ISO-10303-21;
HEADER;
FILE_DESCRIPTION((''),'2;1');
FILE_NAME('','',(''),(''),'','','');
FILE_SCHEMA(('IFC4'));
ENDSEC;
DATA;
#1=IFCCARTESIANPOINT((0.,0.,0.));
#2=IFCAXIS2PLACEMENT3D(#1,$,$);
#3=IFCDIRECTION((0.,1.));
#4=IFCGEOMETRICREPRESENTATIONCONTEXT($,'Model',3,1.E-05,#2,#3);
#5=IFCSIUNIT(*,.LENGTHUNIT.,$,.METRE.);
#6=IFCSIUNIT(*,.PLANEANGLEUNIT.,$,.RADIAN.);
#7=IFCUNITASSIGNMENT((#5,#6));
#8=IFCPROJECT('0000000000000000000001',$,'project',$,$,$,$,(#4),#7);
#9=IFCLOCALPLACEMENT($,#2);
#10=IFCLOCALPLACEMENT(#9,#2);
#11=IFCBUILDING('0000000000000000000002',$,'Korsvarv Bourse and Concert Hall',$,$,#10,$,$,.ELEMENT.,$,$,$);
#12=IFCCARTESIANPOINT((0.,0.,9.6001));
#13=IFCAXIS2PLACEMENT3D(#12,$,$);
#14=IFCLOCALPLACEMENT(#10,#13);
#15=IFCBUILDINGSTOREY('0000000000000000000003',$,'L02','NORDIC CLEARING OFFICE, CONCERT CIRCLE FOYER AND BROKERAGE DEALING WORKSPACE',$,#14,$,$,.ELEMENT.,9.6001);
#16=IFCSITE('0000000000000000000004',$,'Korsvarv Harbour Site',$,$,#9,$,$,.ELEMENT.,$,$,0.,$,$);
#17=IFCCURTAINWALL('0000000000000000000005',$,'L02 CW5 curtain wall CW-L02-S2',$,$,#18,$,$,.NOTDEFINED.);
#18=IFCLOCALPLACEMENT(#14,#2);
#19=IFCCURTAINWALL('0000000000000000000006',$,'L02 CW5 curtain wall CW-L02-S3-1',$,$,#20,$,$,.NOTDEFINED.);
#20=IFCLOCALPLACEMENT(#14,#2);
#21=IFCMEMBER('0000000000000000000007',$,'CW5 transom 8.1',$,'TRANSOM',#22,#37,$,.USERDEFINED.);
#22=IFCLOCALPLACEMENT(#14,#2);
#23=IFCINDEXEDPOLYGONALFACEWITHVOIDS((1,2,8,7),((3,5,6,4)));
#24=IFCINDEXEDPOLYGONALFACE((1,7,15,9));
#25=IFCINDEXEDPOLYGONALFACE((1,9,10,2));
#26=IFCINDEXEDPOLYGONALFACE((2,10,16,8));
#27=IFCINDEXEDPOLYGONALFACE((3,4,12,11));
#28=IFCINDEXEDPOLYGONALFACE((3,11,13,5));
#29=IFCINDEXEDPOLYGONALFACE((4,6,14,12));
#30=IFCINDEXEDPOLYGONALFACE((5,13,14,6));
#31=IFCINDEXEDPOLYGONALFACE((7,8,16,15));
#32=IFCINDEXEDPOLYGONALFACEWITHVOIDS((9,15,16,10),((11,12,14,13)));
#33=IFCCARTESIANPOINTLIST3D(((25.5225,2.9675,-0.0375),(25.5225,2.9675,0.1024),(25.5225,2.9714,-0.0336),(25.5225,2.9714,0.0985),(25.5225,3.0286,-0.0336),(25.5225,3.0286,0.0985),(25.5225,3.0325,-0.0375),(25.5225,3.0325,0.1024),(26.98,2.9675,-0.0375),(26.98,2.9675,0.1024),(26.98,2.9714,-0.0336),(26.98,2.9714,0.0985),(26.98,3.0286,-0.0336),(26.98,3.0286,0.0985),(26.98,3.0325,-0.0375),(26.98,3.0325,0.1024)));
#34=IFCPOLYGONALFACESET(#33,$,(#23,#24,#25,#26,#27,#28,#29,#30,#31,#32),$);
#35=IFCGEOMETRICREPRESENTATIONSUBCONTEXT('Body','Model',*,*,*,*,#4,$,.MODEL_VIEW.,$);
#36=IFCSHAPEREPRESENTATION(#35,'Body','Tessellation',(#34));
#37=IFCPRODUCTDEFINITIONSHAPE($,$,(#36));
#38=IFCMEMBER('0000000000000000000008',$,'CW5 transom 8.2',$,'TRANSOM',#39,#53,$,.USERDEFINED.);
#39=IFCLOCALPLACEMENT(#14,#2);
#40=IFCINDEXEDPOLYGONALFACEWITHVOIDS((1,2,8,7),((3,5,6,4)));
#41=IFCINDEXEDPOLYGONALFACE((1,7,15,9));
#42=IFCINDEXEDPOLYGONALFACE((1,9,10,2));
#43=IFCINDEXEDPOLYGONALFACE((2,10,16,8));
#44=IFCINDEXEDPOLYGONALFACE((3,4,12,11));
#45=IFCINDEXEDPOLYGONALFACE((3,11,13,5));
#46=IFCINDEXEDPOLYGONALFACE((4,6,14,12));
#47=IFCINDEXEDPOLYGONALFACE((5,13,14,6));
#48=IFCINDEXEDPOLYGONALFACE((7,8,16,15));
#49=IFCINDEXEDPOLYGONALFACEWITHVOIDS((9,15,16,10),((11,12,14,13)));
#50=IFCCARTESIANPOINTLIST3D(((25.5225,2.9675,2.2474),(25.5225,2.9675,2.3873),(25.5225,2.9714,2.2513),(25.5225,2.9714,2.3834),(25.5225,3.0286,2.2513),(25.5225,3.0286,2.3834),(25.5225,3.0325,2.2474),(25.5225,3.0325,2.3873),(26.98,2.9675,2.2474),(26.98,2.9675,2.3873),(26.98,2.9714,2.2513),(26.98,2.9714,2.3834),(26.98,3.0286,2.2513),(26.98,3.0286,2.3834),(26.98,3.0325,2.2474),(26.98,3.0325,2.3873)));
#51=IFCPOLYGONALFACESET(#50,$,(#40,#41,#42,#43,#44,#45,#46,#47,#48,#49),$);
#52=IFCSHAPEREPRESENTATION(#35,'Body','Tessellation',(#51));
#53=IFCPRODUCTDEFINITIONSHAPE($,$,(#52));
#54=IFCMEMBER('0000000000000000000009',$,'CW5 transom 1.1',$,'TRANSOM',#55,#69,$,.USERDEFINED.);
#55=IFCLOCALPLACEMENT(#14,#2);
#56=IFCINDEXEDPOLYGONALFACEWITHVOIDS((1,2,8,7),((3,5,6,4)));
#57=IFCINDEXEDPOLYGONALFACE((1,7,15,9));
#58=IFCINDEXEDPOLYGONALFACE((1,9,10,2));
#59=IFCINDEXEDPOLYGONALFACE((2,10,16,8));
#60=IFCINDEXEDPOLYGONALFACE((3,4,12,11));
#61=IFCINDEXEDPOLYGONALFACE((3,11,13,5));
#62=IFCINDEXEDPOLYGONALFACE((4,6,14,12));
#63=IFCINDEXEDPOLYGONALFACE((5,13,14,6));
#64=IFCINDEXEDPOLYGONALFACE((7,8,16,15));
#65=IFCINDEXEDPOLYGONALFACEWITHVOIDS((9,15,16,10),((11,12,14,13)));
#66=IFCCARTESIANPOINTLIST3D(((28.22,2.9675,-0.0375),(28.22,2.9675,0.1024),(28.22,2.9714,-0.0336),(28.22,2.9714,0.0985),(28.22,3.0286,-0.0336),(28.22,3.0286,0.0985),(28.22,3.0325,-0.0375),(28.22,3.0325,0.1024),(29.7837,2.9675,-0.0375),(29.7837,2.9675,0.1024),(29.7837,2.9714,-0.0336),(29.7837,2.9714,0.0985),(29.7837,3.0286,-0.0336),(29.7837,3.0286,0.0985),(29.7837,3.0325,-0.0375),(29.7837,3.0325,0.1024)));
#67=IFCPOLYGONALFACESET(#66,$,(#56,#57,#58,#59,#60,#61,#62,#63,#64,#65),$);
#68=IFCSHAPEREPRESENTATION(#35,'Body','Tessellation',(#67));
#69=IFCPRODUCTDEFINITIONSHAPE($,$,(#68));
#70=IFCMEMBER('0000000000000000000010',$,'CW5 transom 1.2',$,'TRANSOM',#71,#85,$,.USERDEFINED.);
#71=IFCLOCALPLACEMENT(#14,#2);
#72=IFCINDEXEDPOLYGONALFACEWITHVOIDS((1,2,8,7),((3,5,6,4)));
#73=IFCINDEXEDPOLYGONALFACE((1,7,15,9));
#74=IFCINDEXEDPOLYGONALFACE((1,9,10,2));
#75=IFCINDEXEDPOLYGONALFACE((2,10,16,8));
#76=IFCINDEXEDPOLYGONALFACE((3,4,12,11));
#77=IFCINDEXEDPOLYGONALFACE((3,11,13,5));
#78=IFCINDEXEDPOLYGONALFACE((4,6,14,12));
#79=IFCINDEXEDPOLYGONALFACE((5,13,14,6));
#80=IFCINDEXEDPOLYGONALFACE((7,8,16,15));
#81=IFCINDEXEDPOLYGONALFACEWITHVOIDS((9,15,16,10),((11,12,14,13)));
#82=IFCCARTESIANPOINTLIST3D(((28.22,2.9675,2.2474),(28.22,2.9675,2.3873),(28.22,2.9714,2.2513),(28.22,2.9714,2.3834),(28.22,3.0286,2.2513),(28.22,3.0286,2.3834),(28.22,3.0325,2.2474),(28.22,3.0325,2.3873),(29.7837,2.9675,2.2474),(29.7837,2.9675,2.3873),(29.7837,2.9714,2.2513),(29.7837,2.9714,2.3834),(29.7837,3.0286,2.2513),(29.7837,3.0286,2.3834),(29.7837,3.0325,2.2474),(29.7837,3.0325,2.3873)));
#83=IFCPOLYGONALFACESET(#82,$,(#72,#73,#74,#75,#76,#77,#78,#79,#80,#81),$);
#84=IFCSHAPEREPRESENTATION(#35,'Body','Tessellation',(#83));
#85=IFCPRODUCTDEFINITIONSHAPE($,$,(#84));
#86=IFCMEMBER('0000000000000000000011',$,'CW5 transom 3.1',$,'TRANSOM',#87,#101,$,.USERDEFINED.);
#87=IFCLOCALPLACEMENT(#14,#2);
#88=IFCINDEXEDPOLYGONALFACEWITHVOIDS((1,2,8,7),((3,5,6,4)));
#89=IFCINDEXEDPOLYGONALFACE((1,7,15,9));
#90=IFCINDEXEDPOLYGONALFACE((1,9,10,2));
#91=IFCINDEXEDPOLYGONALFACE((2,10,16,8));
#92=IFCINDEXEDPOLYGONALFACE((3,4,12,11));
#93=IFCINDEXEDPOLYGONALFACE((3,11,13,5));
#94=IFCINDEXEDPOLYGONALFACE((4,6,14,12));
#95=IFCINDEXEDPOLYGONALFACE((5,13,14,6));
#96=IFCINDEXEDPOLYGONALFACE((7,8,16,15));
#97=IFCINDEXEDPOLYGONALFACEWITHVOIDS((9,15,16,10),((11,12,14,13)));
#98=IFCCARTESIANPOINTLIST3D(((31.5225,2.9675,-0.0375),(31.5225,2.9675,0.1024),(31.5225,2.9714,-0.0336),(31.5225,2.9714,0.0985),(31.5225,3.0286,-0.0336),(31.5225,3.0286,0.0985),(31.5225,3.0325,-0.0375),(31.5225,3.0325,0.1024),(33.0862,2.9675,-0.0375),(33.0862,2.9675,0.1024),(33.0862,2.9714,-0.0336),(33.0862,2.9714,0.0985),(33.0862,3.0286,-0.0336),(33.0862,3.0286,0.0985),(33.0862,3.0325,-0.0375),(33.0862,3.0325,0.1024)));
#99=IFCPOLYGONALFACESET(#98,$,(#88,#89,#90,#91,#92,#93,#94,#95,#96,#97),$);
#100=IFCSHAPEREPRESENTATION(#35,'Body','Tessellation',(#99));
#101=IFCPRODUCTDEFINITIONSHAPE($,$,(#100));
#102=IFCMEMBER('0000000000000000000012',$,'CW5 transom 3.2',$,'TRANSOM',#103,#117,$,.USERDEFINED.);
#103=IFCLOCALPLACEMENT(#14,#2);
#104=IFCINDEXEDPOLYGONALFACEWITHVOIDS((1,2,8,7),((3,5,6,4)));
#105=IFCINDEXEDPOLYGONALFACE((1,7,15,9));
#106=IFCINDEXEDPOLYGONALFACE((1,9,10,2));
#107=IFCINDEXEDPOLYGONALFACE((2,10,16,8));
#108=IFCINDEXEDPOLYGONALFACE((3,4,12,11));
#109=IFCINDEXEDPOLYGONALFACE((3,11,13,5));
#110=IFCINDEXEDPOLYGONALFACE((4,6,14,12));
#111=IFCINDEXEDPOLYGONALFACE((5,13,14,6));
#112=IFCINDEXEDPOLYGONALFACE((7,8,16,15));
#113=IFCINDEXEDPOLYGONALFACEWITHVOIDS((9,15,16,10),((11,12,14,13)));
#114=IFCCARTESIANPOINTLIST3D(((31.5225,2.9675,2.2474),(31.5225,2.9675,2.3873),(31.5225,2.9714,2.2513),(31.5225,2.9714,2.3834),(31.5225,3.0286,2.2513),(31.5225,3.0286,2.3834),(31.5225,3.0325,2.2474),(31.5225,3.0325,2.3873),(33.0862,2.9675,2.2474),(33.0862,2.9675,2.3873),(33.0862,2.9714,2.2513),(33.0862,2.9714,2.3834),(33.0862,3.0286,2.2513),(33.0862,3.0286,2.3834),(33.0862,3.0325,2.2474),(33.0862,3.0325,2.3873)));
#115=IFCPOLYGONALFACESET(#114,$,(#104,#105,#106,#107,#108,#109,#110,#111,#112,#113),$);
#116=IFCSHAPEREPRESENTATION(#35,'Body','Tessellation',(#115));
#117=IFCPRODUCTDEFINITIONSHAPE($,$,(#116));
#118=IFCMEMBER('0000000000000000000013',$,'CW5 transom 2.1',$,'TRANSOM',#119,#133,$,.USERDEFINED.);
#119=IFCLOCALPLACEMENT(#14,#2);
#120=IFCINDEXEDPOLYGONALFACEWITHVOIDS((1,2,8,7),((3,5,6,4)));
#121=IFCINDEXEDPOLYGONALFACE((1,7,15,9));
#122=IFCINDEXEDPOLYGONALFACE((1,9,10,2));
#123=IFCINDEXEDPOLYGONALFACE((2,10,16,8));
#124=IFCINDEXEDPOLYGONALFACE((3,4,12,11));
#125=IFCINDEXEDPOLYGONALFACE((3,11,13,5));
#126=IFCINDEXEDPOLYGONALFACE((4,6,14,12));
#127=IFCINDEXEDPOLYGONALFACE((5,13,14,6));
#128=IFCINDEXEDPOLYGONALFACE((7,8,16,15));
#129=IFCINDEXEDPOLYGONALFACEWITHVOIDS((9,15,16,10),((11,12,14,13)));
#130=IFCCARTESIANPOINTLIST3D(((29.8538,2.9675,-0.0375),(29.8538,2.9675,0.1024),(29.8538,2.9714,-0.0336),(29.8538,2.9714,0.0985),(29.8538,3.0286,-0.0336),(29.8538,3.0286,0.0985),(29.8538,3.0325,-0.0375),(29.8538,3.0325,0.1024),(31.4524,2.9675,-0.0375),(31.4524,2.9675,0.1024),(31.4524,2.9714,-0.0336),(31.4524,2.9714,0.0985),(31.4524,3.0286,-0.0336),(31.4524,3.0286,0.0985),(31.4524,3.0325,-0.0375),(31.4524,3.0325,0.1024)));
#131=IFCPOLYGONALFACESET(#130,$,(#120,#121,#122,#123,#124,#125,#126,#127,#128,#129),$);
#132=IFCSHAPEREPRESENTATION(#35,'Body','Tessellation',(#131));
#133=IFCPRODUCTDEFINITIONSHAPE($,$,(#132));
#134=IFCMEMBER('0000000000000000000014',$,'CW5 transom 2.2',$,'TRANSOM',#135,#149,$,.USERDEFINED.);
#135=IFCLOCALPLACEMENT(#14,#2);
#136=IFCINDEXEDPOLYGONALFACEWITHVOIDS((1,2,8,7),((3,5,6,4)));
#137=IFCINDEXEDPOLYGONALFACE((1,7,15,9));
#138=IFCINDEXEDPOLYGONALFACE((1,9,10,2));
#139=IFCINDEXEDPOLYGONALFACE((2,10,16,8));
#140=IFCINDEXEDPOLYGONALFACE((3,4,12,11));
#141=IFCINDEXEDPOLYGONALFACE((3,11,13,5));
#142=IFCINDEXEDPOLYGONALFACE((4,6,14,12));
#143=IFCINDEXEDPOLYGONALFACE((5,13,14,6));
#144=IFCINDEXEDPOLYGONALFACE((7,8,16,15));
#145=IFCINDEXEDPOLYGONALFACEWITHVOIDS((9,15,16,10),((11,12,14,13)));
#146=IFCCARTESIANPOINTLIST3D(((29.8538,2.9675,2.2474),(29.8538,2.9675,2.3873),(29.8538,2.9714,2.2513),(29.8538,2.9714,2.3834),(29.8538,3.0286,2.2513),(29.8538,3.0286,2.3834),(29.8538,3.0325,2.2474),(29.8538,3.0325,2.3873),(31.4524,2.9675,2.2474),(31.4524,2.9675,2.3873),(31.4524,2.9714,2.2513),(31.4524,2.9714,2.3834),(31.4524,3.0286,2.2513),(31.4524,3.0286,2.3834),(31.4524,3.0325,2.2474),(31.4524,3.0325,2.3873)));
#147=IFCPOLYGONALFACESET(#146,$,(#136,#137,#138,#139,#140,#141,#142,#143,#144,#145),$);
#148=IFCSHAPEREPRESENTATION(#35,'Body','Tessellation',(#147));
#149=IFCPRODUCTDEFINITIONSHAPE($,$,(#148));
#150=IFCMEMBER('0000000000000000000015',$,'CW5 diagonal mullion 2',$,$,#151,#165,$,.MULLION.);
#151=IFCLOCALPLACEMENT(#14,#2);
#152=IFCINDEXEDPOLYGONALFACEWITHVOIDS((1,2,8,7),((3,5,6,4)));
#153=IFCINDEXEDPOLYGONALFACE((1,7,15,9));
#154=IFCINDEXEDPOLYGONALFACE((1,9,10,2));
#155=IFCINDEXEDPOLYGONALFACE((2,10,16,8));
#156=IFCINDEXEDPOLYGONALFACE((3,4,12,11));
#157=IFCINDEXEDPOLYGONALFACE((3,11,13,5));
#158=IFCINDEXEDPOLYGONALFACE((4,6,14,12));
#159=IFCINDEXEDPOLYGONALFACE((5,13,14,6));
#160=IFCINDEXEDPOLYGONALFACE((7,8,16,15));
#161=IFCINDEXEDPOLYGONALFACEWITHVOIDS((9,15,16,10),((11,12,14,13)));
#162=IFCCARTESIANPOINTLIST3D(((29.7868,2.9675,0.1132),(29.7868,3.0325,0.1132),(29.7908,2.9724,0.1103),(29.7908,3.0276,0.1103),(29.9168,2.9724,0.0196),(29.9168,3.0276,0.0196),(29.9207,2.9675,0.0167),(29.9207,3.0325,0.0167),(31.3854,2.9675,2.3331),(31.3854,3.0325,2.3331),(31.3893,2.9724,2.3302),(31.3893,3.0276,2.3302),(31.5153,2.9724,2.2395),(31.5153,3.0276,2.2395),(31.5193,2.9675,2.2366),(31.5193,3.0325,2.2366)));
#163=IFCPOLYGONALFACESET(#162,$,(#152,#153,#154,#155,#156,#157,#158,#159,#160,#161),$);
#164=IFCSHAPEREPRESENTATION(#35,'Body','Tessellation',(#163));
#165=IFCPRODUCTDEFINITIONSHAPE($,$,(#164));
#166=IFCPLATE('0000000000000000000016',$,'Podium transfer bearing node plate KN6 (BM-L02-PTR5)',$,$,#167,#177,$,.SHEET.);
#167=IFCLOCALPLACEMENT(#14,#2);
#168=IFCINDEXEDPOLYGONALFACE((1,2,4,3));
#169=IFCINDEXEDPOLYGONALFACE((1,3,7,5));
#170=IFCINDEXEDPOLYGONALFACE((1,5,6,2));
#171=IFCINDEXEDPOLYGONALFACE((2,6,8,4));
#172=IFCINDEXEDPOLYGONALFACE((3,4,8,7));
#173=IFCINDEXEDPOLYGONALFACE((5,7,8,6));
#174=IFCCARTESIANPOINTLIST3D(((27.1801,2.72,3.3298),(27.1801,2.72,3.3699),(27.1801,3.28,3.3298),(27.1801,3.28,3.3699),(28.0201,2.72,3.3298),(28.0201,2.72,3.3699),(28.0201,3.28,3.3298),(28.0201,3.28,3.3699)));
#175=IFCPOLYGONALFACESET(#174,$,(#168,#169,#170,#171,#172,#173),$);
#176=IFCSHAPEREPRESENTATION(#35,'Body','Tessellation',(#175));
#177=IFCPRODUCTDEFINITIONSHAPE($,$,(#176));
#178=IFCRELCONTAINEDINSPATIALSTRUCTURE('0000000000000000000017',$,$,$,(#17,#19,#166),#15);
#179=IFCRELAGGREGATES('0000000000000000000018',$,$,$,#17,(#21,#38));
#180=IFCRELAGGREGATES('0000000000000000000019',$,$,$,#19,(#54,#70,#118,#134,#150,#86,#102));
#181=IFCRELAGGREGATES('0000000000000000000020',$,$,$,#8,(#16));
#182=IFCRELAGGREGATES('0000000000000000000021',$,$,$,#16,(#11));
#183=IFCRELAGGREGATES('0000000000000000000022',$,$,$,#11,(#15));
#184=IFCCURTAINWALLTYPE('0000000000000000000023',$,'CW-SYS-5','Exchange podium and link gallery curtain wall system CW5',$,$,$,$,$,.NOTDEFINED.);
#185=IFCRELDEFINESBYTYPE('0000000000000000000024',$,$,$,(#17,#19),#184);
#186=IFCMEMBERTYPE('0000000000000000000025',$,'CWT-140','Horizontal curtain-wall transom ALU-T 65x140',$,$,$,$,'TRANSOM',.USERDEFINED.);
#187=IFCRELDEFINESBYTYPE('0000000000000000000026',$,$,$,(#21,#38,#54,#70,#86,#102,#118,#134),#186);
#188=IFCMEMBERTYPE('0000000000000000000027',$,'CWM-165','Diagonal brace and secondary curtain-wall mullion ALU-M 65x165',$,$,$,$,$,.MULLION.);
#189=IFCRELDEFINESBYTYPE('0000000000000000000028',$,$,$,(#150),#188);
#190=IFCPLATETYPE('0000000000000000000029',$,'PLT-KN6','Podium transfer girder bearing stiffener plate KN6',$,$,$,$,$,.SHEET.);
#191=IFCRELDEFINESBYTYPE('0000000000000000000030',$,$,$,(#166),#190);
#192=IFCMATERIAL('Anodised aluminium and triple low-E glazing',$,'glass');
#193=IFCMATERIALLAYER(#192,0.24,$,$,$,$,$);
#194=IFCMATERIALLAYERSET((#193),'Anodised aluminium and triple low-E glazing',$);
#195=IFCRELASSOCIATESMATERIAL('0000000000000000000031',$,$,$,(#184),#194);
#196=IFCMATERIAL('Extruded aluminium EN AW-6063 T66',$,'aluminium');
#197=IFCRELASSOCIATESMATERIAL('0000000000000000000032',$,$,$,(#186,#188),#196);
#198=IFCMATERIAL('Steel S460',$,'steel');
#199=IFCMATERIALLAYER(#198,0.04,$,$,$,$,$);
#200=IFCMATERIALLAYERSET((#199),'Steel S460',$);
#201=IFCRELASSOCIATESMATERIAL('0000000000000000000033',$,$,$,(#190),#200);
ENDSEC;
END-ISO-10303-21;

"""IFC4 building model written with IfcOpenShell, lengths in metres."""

from ifc_helpers import new_model, si_unit, direction, frame, origin, origin_2d, place, context, subcontext, project, spatial, rectangle, hollow_rectangle, extrude, source, transform, mapped, material, layer, layer_set, material_profile, profile_set, type_object, element, aggregate, save


model = new_model("IFC4")

# Units and contexts
model_context = context("Model", 3, precision=1e-05, world=origin(), true_north=direction((0.0, 1.0)))
body_context = subcontext(model_context, "Body", "Model", "MODEL_VIEW")
ifc_project = project(units=[si_unit("LENGTHUNIT", "METRE"), si_unit("PLANEANGLEUNIT", "RADIAN")], contexts=[model_context])

# Site, building, storey
site_placement = place(None, origin())
site = spatial("IfcSite", under=ifc_project, at=site_placement, Name="Korsvarv Harbour Site", CompositionType="ELEMENT", RefElevation=0.0)
building_placement = place(site_placement, origin())
building = spatial("IfcBuilding", under=site, at=building_placement, Name="Korsvarv Bourse and Concert Hall", CompositionType="ELEMENT")
storey_placement = place(building_placement, frame((0.0, 0.0, 9.6001)))
storey = spatial("IfcBuildingStorey", under=building, at=storey_placement, Name="L02", Description="NORDIC CLEARING OFFICE, CONCERT CIRCLE FOYER AND BROKERAGE DEALING WORKSPACE", CompositionType="ELEMENT", Elevation=9.6001)

# Curtain walls
ifc_material_1 = material(Name="Anodised aluminium and triple low-E glazing", Category="glass")
ifc_layer_1 = layer(ifc_material_1, 0.24)
ifc_layer_set_1 = layer_set([ifc_layer_1], Name="Anodised aluminium and triple low-E glazing")
curtain_wall_type = type_object("IfcCurtainWallType", Name="CW-SYS-5", Description="Exchange podium and link gallery curtain wall system CW5", PredefinedType="NOTDEFINED", material=ifc_layer_set_1)
curtain_wall_1_placement = place(storey_placement, origin())
curtain_wall_1 = element("IfcCurtainWall", 1, at=curtain_wall_1_placement, inside=storey, type_object=curtain_wall_type, Name="L02 CW5 curtain wall CW-L02-S2", PredefinedType="NOTDEFINED")
ifc_material_2 = material(Name="Extruded aluminium EN AW-6063 T66", Category="aluminium")
curtain_wall_2_placement = place(storey_placement, origin())
curtain_wall_2 = element("IfcCurtainWall", 2, at=curtain_wall_2_placement, inside=storey, type_object=curtain_wall_type, Name="L02 CW5 curtain wall CW-L02-S3-1", PredefinedType="NOTDEFINED")

# Members
ifc_material_profile_1 = material_profile(ifc_material_2, hollow_rectangle(XDim=0.0649, YDim=0.1399, WallThickness=0.0039, at=origin_2d()), Name="ALU-T 65x140")
ifc_profile_set_1 = profile_set([ifc_material_profile_1], Name="Extruded aluminium EN AW-6063 T66")
member_type_1 = type_object("IfcMemberType", Name="CWT-140", Description="Horizontal curtain-wall transom ALU-T 65x140", ElementType="TRANSOM", PredefinedType="USERDEFINED", material=ifc_profile_set_1)
shared_shape_1 = source(origin(), body_context, "Body", "SweptSolid", [
    extrude(hollow_rectangle(XDim=0.0649, YDim=0.1399, WallThickness=0.0039, at=origin_2d()), origin(), (0.0, 0.0, 1.0), 1.4575),
])
member_1_placement = place(storey_placement, frame((25.5225, 3.0, 0.0325), z_axis=(1.0, 0.0, 0.0), x_axis=(0.0, 1.0, 0.0)))
member_1 = element("IfcMember", 3, at=member_1_placement, type_object=member_type_1, Name="CW5 transom 8.1", ObjectType="TRANSOM", PredefinedType="USERDEFINED", context=body_context, shape_type="MappedRepresentation", body=[
    mapped(shared_shape_1, transform((0.0, 0.0, 0.0), scale=1.0)),
])
member_2_placement = place(storey_placement, frame((25.5225, 3.0, 2.3174), z_axis=(1.0, 0.0, 0.0), x_axis=(0.0, 1.0, 0.0)))
member_2 = element("IfcMember", 4, at=member_2_placement, type_object=member_type_1, Name="CW5 transom 8.2", ObjectType="TRANSOM", PredefinedType="USERDEFINED", context=body_context, shape_type="MappedRepresentation", body=[
    mapped(shared_shape_1, transform((0.0, 0.0, 0.0), scale=1.0)),
])
shared_shape_2 = source(origin(), body_context, "Body", "SweptSolid", [
    extrude(hollow_rectangle(XDim=0.0649, YDim=0.1399, WallThickness=0.0039, at=origin_2d()), origin(), (0.0, 0.0, 1.0), 1.5637),
])
member_3_placement = place(storey_placement, frame((28.22, 3.0, 0.0325), z_axis=(1.0, 0.0, 0.0), x_axis=(0.0, 1.0, 0.0)))
member_3 = element("IfcMember", 5, at=member_3_placement, type_object=member_type_1, Name="CW5 transom 1.1", ObjectType="TRANSOM", PredefinedType="USERDEFINED", context=body_context, shape_type="MappedRepresentation", body=[
    mapped(shared_shape_2, transform((0.0, 0.0, 0.0), scale=1.0)),
])
member_4_placement = place(storey_placement, frame((28.22, 3.0, 2.3174), z_axis=(1.0, 0.0, 0.0), x_axis=(0.0, 1.0, 0.0)))
member_4 = element("IfcMember", 6, at=member_4_placement, type_object=member_type_1, Name="CW5 transom 1.2", ObjectType="TRANSOM", PredefinedType="USERDEFINED", context=body_context, shape_type="MappedRepresentation", body=[
    mapped(shared_shape_2, transform((0.0, 0.0, 0.0), scale=1.0)),
])
member_5_placement = place(storey_placement, frame((31.5225, 3.0, 0.0325), z_axis=(1.0, 0.0, 0.0), x_axis=(0.0, 1.0, 0.0)))
member_5 = element("IfcMember", 7, at=member_5_placement, type_object=member_type_1, Name="CW5 transom 3.1", ObjectType="TRANSOM", PredefinedType="USERDEFINED", context=body_context, shape_type="MappedRepresentation", body=[
    mapped(shared_shape_2, transform((0.0, 0.0, 0.0), scale=1.0)),
])
member_6_placement = place(storey_placement, frame((31.5225, 3.0, 2.3174), z_axis=(1.0, 0.0, 0.0), x_axis=(0.0, 1.0, 0.0)))
member_6 = element("IfcMember", 8, at=member_6_placement, type_object=member_type_1, Name="CW5 transom 3.2", ObjectType="TRANSOM", PredefinedType="USERDEFINED", context=body_context, shape_type="MappedRepresentation", body=[
    mapped(shared_shape_2, transform((0.0, 0.0, 0.0), scale=1.0)),
])
shared_shape_3 = source(origin(), body_context, "Body", "SweptSolid", [
    extrude(hollow_rectangle(XDim=0.0649, YDim=0.1399, WallThickness=0.0039, at=origin_2d()), origin(), (0.0, 0.0, 1.0), 1.5986),
])
member_7_placement = place(storey_placement, frame((29.8538, 3.0, 0.0325), z_axis=(1.0, 0.0, 0.0), x_axis=(0.0, 1.0, 0.0)))
member_7 = element("IfcMember", 9, at=member_7_placement, type_object=member_type_1, Name="CW5 transom 2.1", ObjectType="TRANSOM", PredefinedType="USERDEFINED", context=body_context, shape_type="MappedRepresentation", body=[
    mapped(shared_shape_3, transform((0.0, 0.0, 0.0), scale=1.0)),
])
member_8_placement = place(storey_placement, frame((29.8538, 3.0, 2.3174), z_axis=(1.0, 0.0, 0.0), x_axis=(0.0, 1.0, 0.0)))
member_8 = element("IfcMember", 10, at=member_8_placement, type_object=member_type_1, Name="CW5 transom 2.2", ObjectType="TRANSOM", PredefinedType="USERDEFINED", context=body_context, shape_type="MappedRepresentation", body=[
    mapped(shared_shape_3, transform((0.0, 0.0, 0.0), scale=1.0)),
])
ifc_material_profile_2 = material_profile(ifc_material_2, hollow_rectangle(XDim=0.0649, YDim=0.165, WallThickness=0.0049, at=origin_2d()), Name="ALU-M 65x165")
ifc_profile_set_2 = profile_set([ifc_material_profile_2], Name="Extruded aluminium EN AW-6063 T66")
member_type_2 = type_object("IfcMemberType", Name="CWM-165", Description="Diagonal brace and secondary curtain-wall mullion ALU-M 65x165", PredefinedType="MULLION", material=ifc_profile_set_2)
shared_shape_4 = source(origin(), body_context, "Body", "SweptSolid", [
    extrude(hollow_rectangle(XDim=0.0649, YDim=0.165, WallThickness=0.0049, at=origin_2d()), origin(), (0.0, 0.0, 1.0), 2.7356),
])
member_9_placement = place(storey_placement, frame((29.8538, 3.0, 0.0649), z_axis=(0.584366, 0.0, 0.81149), x_axis=(0.0, 1.0, 0.0)))
member_9 = element("IfcMember", 11, at=member_9_placement, type_object=member_type_2, Name="CW5 diagonal mullion 2", PredefinedType="MULLION", context=body_context, shape_type="MappedRepresentation", body=[
    mapped(shared_shape_4, transform((0.0, 0.0, 0.0), scale=1.0)),
])

# Plate
ifc_material_3 = material(Name="Steel S460", Category="steel")
ifc_layer_2 = layer(ifc_material_3, 0.04)
ifc_layer_set_2 = layer_set([ifc_layer_2], Name="Steel S460")
plate_type_1 = type_object("IfcPlateType", Name="PLT-KN6", Description="Podium transfer girder bearing stiffener plate KN6", PredefinedType="SHEET", material=ifc_layer_set_2)
shared_shape_5 = source(origin(), body_context, "Body", "SweptSolid", [
    extrude(rectangle(XDim=0.8401, YDim=0.5601, at=origin_2d()), origin(), (0.0, 0.0, 1.0), 0.04),
])
plate_1_placement = place(storey_placement, frame((27.6001, 3.0, 3.3298), z_axis=(0.0, 0.0, 1.0), x_axis=(1.0, 0.0, 0.0)))
element("IfcPlate", 12, at=plate_1_placement, inside=storey, type_object=plate_type_1, Name="Podium transfer bearing node plate KN6 (BM-L02-PTR5)", PredefinedType="SHEET", context=body_context, shape_type="MappedRepresentation", body=[
    mapped(shared_shape_5, transform((0.0, 0.0, 0.0), scale=1.0)),
])
aggregate(curtain_wall_1, [member_1, member_2])
aggregate(curtain_wall_2, [member_3, member_4, member_7, member_8, member_9, member_5, member_6])

save(model, "model.ifc")
